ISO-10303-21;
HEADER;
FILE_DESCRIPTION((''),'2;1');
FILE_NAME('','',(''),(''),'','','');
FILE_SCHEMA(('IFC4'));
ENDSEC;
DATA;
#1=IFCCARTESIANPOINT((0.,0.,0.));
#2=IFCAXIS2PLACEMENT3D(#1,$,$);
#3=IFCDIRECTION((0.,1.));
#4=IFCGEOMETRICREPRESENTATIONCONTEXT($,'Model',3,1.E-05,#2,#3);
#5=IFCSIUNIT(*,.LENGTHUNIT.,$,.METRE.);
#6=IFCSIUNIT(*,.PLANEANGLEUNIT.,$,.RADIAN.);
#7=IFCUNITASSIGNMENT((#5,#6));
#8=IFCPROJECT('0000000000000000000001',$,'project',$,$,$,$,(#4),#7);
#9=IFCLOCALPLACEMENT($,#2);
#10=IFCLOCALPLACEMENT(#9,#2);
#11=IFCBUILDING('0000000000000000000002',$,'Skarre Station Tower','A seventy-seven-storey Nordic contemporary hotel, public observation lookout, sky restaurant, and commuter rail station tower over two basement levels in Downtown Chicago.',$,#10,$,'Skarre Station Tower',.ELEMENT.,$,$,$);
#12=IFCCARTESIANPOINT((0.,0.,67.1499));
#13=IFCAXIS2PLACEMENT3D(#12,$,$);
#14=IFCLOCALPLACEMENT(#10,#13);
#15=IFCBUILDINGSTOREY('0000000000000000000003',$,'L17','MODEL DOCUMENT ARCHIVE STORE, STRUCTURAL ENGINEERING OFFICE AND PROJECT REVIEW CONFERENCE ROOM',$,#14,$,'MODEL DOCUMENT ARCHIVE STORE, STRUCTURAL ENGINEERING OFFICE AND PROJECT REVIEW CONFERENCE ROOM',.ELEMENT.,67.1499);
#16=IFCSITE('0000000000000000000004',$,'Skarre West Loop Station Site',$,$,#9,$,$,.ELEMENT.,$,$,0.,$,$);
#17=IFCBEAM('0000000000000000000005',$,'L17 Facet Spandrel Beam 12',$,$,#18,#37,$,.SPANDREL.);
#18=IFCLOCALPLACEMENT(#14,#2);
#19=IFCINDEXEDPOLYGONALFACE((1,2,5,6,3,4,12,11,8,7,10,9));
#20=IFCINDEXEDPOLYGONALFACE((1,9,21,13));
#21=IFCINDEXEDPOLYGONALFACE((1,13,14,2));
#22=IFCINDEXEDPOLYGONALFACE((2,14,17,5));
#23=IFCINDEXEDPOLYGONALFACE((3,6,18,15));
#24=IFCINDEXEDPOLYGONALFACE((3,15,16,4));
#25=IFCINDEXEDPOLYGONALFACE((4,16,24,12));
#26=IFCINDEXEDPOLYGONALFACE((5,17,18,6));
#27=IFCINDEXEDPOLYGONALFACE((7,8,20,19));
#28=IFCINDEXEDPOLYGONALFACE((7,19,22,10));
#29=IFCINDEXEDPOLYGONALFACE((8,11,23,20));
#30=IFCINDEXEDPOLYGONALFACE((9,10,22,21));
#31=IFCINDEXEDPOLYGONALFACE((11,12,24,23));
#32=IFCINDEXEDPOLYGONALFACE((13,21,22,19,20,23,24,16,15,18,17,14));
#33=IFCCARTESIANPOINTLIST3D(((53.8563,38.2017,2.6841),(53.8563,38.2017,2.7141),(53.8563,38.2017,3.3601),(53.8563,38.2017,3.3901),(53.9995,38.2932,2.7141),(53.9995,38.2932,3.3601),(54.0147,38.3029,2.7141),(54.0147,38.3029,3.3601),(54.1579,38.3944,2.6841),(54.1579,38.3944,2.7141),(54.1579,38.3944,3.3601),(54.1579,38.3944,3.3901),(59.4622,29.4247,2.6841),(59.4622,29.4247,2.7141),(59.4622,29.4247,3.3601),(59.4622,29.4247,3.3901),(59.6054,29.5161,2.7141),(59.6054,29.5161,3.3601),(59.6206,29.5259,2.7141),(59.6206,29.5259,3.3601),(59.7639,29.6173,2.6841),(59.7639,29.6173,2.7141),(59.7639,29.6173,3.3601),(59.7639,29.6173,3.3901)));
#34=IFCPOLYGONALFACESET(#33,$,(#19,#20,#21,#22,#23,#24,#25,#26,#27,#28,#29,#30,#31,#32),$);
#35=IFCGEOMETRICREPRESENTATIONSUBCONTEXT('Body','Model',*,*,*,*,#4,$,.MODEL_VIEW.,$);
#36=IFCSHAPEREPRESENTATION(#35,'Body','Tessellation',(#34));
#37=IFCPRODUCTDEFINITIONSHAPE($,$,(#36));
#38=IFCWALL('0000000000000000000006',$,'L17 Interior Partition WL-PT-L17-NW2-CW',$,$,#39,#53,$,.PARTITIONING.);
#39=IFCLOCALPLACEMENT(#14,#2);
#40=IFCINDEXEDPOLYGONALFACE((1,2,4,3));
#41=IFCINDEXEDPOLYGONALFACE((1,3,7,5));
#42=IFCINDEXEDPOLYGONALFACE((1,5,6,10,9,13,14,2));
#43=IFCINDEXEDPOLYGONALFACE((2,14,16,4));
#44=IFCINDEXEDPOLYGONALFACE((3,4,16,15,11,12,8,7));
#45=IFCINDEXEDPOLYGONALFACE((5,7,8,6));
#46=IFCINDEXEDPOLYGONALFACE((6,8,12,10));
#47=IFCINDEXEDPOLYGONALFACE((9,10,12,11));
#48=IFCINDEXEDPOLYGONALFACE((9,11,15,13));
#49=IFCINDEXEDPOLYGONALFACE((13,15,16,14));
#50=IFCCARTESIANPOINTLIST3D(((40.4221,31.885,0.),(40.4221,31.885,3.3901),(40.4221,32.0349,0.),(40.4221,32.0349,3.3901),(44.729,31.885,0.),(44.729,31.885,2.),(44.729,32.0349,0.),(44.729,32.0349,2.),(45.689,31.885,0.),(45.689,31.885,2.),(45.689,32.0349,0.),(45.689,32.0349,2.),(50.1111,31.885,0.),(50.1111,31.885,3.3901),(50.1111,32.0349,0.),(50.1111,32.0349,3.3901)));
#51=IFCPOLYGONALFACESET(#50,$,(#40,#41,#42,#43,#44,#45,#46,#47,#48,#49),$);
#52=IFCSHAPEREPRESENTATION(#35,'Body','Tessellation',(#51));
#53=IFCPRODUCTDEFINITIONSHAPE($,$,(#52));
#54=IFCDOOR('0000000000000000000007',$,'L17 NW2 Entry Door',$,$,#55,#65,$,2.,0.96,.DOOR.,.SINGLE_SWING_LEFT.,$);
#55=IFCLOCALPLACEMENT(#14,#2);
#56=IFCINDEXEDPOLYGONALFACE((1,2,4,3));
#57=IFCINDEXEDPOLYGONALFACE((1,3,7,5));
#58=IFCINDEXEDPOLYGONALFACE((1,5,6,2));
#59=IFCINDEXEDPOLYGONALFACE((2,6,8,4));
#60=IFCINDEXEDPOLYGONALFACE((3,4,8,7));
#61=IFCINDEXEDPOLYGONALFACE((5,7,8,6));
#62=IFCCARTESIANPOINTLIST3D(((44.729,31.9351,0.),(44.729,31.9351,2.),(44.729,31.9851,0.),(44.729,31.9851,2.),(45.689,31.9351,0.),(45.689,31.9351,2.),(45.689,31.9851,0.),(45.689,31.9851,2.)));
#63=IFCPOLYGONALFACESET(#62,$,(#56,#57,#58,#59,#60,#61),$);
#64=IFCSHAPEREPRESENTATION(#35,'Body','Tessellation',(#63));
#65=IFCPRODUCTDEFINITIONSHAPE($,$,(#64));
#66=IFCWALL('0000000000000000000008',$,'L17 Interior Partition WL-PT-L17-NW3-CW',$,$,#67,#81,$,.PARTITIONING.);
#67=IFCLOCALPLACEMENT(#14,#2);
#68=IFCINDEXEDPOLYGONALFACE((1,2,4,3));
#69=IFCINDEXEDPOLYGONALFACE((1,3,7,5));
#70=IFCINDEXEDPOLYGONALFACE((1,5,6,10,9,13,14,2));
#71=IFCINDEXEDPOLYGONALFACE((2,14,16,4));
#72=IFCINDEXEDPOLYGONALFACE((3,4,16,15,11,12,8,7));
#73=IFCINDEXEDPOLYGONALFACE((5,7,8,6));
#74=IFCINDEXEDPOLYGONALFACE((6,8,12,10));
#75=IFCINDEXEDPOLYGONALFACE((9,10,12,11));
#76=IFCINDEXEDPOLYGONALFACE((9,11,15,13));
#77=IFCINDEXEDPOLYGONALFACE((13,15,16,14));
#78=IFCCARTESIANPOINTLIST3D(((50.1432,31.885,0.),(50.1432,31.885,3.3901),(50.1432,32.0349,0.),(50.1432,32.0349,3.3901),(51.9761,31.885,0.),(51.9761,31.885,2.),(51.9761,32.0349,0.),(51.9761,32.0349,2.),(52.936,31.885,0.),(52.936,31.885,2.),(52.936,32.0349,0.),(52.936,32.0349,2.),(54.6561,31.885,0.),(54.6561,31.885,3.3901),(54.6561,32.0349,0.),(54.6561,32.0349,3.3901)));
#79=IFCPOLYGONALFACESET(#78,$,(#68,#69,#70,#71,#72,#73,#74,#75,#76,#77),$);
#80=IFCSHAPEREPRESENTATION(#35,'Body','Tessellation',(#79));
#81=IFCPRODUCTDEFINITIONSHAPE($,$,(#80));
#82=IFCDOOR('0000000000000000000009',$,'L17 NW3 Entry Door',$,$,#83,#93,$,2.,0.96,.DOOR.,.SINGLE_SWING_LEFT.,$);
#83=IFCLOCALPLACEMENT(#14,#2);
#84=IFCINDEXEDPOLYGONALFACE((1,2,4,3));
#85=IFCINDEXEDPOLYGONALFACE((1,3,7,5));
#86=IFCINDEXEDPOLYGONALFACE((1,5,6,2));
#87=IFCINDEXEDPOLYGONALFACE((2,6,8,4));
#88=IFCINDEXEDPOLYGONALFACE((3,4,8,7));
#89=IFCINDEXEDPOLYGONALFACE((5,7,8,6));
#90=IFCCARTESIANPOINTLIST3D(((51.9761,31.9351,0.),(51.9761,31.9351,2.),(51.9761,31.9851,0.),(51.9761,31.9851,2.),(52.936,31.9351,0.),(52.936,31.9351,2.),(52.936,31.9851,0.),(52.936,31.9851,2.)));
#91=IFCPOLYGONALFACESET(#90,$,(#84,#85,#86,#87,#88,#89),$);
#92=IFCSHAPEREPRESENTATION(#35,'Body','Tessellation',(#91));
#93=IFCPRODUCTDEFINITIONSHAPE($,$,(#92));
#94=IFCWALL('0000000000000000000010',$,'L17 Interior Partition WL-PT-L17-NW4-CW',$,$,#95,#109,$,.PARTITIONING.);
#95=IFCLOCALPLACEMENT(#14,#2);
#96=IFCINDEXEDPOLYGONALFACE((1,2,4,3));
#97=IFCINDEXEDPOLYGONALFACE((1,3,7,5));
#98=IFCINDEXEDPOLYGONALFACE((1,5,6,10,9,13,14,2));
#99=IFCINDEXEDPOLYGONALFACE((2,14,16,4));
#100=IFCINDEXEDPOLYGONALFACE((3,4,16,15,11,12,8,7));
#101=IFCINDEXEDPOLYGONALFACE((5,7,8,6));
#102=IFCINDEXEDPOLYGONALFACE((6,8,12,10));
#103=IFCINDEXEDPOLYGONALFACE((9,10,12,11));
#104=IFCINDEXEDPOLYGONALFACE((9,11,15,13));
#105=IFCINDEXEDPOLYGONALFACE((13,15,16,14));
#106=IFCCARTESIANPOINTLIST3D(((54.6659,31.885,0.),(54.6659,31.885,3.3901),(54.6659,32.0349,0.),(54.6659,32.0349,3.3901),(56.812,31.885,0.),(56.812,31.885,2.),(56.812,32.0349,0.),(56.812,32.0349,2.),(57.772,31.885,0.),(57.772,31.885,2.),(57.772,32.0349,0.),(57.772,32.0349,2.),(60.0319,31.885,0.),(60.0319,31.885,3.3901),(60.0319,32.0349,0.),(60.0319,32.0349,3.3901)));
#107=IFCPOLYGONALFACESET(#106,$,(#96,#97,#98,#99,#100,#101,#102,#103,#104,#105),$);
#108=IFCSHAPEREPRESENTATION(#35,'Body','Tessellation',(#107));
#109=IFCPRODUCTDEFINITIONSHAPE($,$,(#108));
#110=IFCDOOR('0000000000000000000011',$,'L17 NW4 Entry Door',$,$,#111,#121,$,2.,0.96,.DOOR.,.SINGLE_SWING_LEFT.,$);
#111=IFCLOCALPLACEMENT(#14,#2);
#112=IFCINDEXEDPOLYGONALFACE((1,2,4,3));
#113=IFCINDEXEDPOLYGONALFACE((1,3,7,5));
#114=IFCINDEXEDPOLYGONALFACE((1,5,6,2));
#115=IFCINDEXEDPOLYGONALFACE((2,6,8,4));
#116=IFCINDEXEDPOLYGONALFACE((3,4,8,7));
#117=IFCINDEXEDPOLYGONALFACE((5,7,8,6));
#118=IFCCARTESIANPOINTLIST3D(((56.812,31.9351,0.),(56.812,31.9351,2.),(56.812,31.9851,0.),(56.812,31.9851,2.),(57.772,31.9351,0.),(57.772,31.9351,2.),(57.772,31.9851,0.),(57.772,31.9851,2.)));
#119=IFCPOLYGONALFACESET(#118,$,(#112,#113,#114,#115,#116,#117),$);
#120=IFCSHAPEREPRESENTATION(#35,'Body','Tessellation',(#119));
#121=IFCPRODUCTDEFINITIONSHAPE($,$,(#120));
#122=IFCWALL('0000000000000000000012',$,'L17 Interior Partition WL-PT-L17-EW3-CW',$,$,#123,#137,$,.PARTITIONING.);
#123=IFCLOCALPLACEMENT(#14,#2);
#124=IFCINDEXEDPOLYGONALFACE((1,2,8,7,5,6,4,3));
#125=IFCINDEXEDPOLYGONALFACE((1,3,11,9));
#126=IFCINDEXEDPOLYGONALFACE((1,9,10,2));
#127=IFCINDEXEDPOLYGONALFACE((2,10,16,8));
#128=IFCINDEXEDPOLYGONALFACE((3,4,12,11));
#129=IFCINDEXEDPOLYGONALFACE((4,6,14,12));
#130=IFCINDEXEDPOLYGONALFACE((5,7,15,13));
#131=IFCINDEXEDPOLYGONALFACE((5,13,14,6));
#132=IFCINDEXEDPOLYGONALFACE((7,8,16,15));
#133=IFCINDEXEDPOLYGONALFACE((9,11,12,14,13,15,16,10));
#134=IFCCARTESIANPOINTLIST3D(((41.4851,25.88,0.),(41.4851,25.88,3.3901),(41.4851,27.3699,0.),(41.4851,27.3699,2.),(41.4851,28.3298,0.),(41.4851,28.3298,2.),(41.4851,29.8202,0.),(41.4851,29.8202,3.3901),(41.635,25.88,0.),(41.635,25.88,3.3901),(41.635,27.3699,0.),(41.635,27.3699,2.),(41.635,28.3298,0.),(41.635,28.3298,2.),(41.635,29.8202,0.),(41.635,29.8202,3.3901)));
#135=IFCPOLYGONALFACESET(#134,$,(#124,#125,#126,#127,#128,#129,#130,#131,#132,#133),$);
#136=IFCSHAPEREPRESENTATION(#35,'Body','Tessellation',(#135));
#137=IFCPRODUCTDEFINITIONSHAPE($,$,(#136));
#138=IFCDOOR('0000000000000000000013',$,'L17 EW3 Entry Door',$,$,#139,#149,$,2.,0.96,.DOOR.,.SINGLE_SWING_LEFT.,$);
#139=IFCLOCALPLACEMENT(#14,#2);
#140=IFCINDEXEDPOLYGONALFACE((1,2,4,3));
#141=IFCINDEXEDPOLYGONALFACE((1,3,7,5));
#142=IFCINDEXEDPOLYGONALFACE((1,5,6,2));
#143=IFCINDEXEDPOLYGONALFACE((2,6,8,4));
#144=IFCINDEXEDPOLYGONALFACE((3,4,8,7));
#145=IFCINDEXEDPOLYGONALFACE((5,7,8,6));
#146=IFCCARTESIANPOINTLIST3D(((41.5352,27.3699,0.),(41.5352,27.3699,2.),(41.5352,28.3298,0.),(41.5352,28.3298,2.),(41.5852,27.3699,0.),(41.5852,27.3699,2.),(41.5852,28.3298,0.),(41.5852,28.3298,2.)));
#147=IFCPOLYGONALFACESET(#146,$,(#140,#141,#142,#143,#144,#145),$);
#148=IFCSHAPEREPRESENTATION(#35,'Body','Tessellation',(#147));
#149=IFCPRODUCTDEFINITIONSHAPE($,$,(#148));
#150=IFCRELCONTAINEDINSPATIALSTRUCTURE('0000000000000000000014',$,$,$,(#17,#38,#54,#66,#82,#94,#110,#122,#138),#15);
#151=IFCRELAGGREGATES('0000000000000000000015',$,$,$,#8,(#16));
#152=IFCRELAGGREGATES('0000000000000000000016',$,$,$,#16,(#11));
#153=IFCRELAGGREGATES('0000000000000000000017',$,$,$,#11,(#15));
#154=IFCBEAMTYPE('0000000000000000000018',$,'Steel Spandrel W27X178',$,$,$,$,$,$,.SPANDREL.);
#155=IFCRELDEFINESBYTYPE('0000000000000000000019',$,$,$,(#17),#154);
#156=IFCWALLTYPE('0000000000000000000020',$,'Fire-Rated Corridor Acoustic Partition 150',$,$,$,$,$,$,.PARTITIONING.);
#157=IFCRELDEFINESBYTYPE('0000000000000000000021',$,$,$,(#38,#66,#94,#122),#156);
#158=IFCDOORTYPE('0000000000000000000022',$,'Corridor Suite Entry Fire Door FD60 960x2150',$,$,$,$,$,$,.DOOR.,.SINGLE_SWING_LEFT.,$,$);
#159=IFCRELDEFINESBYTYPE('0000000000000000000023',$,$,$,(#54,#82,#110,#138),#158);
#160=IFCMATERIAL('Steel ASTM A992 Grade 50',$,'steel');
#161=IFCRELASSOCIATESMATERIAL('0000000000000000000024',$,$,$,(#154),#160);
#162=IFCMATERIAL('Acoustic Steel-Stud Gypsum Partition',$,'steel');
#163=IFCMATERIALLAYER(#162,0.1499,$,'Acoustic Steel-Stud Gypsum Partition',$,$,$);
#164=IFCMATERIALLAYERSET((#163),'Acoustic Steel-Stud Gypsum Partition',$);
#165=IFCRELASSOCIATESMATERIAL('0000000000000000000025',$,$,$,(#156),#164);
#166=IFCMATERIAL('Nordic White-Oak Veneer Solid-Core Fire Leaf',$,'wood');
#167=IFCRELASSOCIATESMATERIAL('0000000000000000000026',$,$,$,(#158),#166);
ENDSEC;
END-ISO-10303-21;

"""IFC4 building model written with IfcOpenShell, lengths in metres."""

from ifc_helpers import new_model, si_unit, direction, frame, frame_2d, origin, origin_2d, place, context, subcontext, project, spatial, rectangle, i_section, extrude, material, layer, layer_set, material_profile, profile_set, type_object, element, fill, save


model = new_model("IFC4")

# Units and contexts
model_context = context("Model", 3, precision=1e-05, world=origin(), true_north=direction((0.0, 1.0)))
body_context = subcontext(model_context, "Body", "Model", "MODEL_VIEW")
ifc_project = project(units=[si_unit("LENGTHUNIT", "METRE"), si_unit("PLANEANGLEUNIT", "RADIAN")], contexts=[model_context])

# Site, building, storey
site_placement = place(None, origin())
site = spatial("IfcSite", under=ifc_project, at=site_placement, Name="Skarre West Loop Station Site", CompositionType="ELEMENT", RefElevation=0.0)
building_placement = place(site_placement, origin())
building = spatial("IfcBuilding", under=site, at=building_placement, Name="Skarre Station Tower", Description="A seventy-seven-storey Nordic contemporary hotel, public observation lookout, sky restaurant, and commuter rail station tower over two basement levels in Downtown Chicago.", LongName="Skarre Station Tower", CompositionType="ELEMENT")
storey_placement = place(building_placement, frame((0.0, 0.0, 67.1499)))
storey = spatial("IfcBuildingStorey", under=building, at=storey_placement, Name="L17", Description="MODEL DOCUMENT ARCHIVE STORE, STRUCTURAL ENGINEERING OFFICE AND PROJECT REVIEW CONFERENCE ROOM", LongName="MODEL DOCUMENT ARCHIVE STORE, STRUCTURAL ENGINEERING OFFICE AND PROJECT REVIEW CONFERENCE ROOM", CompositionType="ELEMENT", Elevation=67.1499)

# Beam
ifc_material_1 = material(Name="Steel ASTM A992 Grade 50", Category="steel")
ifc_material_profile_1 = material_profile(ifc_material_1, i_section(OverallWidth=0.3579, OverallDepth=0.7061, WebThickness=0.0181, FlangeThickness=0.03, at=origin_2d()), Name="Steel ASTM A992 Grade 50")
ifc_profile_set_1 = profile_set([ifc_material_profile_1], Name="Steel ASTM A992 Grade 50")
beam_type_1 = type_object("IfcBeamType", Name="Steel Spandrel W27X178", PredefinedType="SPANDREL", material=ifc_profile_set_1)
beam_1_placement = place(storey_placement, frame((59.613, 29.521, 3.0371), z_axis=(-0.538278, 0.842767, 0.0), x_axis=(-0.842767, -0.538278, 0.0)))
element("IfcBeam", 1, at=beam_1_placement, inside=storey, type_object=beam_type_1, Name="L17 Facet Spandrel Beam 12", PredefinedType="SPANDREL", context=body_context, shape_type="SweptSolid", body=[
    extrude(i_section(OverallWidth=0.3579, OverallDepth=0.7061, WebThickness=0.0181, FlangeThickness=0.03, at=origin_2d()), origin(), (0.0, 0.0, 1.0), 10.4146),
])

# Walls, openings, doors
ifc_material_2 = material(Name="Acoustic Steel-Stud Gypsum Partition", Category="steel")
ifc_layer_1 = layer(ifc_material_2, 0.1499, Name="Acoustic Steel-Stud Gypsum Partition")
ifc_layer_set_1 = layer_set([ifc_layer_1], Name="Acoustic Steel-Stud Gypsum Partition")
wall_type_1 = type_object("IfcWallType", Name="Fire-Rated Corridor Acoustic Partition 150", PredefinedType="PARTITIONING", material=ifc_layer_set_1)
wall_1_placement = place(storey_placement, frame((50.1111, 31.96, 0.0), z_axis=(0.0, 0.0, 1.0), x_axis=(-1.0, 0.0, 0.0)))
wall_1 = element("IfcWall", 2, at=wall_1_placement, inside=storey, type_object=wall_type_1, Name="L17 Interior Partition WL-PT-L17-NW2-CW", PredefinedType="PARTITIONING", context=body_context, shape_type="SweptSolid", body=[
    extrude(rectangle(XDim=9.689, YDim=0.1499, at=frame_2d((4.8445, 0.0))), origin(), (0.0, 0.0, 1.0), 3.3901),
])
opening_1_placement = place(wall_1_placement, frame((4.4221, 0.0, 0.0)))
opening_1 = element("IfcOpeningElement", 3, at=opening_1_placement, cuts=wall_1, PredefinedType="OPENING", context=body_context, shape_type="SweptSolid", body=[
    extrude(rectangle(XDim=0.96, YDim=2.0, at=frame_2d((0.48, 1.0))), frame((0.0, 0.085, 0.0), z_axis=(0.0, -1.0, 0.0), x_axis=(1.0, 0.0, 0.0)), (0.0, 0.0, 1.0), 0.1699),
])
ifc_material_3 = material(Name="Nordic White-Oak Veneer Solid-Core Fire Leaf", Category="wood")
door_type = type_object("IfcDoorType", Name="Corridor Suite Entry Fire Door FD60 960x2150", OperationType="SINGLE_SWING_LEFT", PredefinedType="DOOR", material=ifc_material_3)
door_1_placement = place(opening_1_placement, origin())
door_1 = element("IfcDoor", 4, at=door_1_placement, inside=storey, type_object=door_type, Name="L17 NW2 Entry Door", OperationType="SINGLE_SWING_LEFT", OverallHeight=2.0, OverallWidth=0.96, PredefinedType="DOOR", context=body_context, shape_type="SweptSolid", body=[
    extrude(rectangle(XDim=0.96, YDim=2.0, at=frame_2d((0.48, 1.0))), frame((0.0, 0.0249, 0.0), z_axis=(0.0, -1.0, 0.0), x_axis=(1.0, 0.0, 0.0)), (0.0, 0.0, 1.0), 0.05),
])
fill(opening_1, door_1)
wall_2_placement = place(storey_placement, frame((54.656, 31.96, 0.0), z_axis=(0.0, 0.0, 1.0), x_axis=(-1.0, 0.0, 0.0)))
wall_2 = element("IfcWall", 5, at=wall_2_placement, inside=storey, type_object=wall_type_1, Name="L17 Interior Partition WL-PT-L17-NW3-CW", PredefinedType="PARTITIONING", context=body_context, shape_type="SweptSolid", body=[
    extrude(rectangle(XDim=4.5129, YDim=0.1499, at=frame_2d((2.2563, 0.0))), origin(), (0.0, 0.0, 1.0), 3.3901),
])
opening_2_placement = place(wall_2_placement, frame((1.72, 0.0, 0.0)))
opening_2 = element("IfcOpeningElement", 6, at=opening_2_placement, cuts=wall_2, PredefinedType="OPENING", context=body_context, shape_type="SweptSolid", body=[
    extrude(rectangle(XDim=0.96, YDim=2.0, at=frame_2d((0.48, 1.0))), frame((0.0, 0.085, 0.0), z_axis=(0.0, -1.0, 0.0), x_axis=(1.0, 0.0, 0.0)), (0.0, 0.0, 1.0), 0.1699),
])
door_2_placement = place(opening_2_placement, origin())
door_2 = element("IfcDoor", 7, at=door_2_placement, inside=storey, type_object=door_type, Name="L17 NW3 Entry Door", OperationType="SINGLE_SWING_LEFT", OverallHeight=2.0, OverallWidth=0.96, PredefinedType="DOOR", context=body_context, shape_type="SweptSolid", body=[
    extrude(rectangle(XDim=0.96, YDim=2.0, at=frame_2d((0.48, 1.0))), frame((0.0, 0.0249, 0.0), z_axis=(0.0, -1.0, 0.0), x_axis=(1.0, 0.0, 0.0)), (0.0, 0.0, 1.0), 0.05),
])
fill(opening_2, door_2)
wall_3_placement = place(storey_placement, frame((60.032, 31.96, 0.0), z_axis=(0.0, 0.0, 1.0), x_axis=(-1.0, 0.0, 0.0)))
wall_3 = element("IfcWall", 8, at=wall_3_placement, inside=storey, type_object=wall_type_1, Name="L17 Interior Partition WL-PT-L17-NW4-CW", PredefinedType="PARTITIONING", context=body_context, shape_type="SweptSolid", body=[
    extrude(rectangle(XDim=5.366, YDim=0.1499, at=frame_2d((2.6831, 0.0))), origin(), (0.0, 0.0, 1.0), 3.3901),
])
opening_3_placement = place(wall_3_placement, frame((2.26, 0.0, 0.0)))
opening_3 = element("IfcOpeningElement", 9, at=opening_3_placement, cuts=wall_3, PredefinedType="OPENING", context=body_context, shape_type="SweptSolid", body=[
    extrude(rectangle(XDim=0.96, YDim=2.0, at=frame_2d((0.48, 1.0))), frame((0.0, 0.085, 0.0), z_axis=(0.0, -1.0, 0.0), x_axis=(1.0, 0.0, 0.0)), (0.0, 0.0, 1.0), 0.1699),
])
door_3_placement = place(opening_3_placement, origin())
door_3 = element("IfcDoor", 10, at=door_3_placement, inside=storey, type_object=door_type, Name="L17 NW4 Entry Door", OperationType="SINGLE_SWING_LEFT", OverallHeight=2.0, OverallWidth=0.96, PredefinedType="DOOR", context=body_context, shape_type="SweptSolid", body=[
    extrude(rectangle(XDim=0.96, YDim=2.0, at=frame_2d((0.48, 1.0))), frame((0.0, 0.0249, 0.0), z_axis=(0.0, -1.0, 0.0), x_axis=(1.0, 0.0, 0.0)), (0.0, 0.0, 1.0), 0.05),
])
fill(opening_3, door_3)
wall_4_placement = place(storey_placement, frame((41.5601, 25.8799, 0.0), z_axis=(0.0, 0.0, 1.0), x_axis=(0.0, 1.0, 0.0)))
wall_4 = element("IfcWall", 11, at=wall_4_placement, inside=storey, type_object=wall_type_1, Name="L17 Interior Partition WL-PT-L17-EW3-CW", PredefinedType="PARTITIONING", context=body_context, shape_type="SweptSolid", body=[
    extrude(rectangle(XDim=3.9402, YDim=0.1499, at=frame_2d((1.9702, 0.0))), origin(), (0.0, 0.0, 1.0), 3.3901),
])
opening_4_placement = place(wall_4_placement, frame((1.49, 0.0, 0.0)))
opening_4 = element("IfcOpeningElement", 12, at=opening_4_placement, cuts=wall_4, PredefinedType="OPENING", context=body_context, shape_type="SweptSolid", body=[
    extrude(rectangle(XDim=0.96, YDim=2.0, at=frame_2d((0.48, 1.0))), frame((0.0, 0.085, 0.0), z_axis=(0.0, -1.0, 0.0), x_axis=(1.0, 0.0, 0.0)), (0.0, 0.0, 1.0), 0.1699),
])
door_4_placement = place(opening_4_placement, origin())
door_4 = element("IfcDoor", 13, at=door_4_placement, inside=storey, type_object=door_type, Name="L17 EW3 Entry Door", OperationType="SINGLE_SWING_LEFT", OverallHeight=2.0, OverallWidth=0.96, PredefinedType="DOOR", context=body_context, shape_type="SweptSolid", body=[
    extrude(rectangle(XDim=0.96, YDim=2.0, at=frame_2d((0.48, 1.0))), frame((0.0, 0.0249, 0.0), z_axis=(0.0, -1.0, 0.0), x_axis=(1.0, 0.0, 0.0)), (0.0, 0.0, 1.0), 0.05),
])
fill(opening_4, door_4)

save(model, "model.ifc")
